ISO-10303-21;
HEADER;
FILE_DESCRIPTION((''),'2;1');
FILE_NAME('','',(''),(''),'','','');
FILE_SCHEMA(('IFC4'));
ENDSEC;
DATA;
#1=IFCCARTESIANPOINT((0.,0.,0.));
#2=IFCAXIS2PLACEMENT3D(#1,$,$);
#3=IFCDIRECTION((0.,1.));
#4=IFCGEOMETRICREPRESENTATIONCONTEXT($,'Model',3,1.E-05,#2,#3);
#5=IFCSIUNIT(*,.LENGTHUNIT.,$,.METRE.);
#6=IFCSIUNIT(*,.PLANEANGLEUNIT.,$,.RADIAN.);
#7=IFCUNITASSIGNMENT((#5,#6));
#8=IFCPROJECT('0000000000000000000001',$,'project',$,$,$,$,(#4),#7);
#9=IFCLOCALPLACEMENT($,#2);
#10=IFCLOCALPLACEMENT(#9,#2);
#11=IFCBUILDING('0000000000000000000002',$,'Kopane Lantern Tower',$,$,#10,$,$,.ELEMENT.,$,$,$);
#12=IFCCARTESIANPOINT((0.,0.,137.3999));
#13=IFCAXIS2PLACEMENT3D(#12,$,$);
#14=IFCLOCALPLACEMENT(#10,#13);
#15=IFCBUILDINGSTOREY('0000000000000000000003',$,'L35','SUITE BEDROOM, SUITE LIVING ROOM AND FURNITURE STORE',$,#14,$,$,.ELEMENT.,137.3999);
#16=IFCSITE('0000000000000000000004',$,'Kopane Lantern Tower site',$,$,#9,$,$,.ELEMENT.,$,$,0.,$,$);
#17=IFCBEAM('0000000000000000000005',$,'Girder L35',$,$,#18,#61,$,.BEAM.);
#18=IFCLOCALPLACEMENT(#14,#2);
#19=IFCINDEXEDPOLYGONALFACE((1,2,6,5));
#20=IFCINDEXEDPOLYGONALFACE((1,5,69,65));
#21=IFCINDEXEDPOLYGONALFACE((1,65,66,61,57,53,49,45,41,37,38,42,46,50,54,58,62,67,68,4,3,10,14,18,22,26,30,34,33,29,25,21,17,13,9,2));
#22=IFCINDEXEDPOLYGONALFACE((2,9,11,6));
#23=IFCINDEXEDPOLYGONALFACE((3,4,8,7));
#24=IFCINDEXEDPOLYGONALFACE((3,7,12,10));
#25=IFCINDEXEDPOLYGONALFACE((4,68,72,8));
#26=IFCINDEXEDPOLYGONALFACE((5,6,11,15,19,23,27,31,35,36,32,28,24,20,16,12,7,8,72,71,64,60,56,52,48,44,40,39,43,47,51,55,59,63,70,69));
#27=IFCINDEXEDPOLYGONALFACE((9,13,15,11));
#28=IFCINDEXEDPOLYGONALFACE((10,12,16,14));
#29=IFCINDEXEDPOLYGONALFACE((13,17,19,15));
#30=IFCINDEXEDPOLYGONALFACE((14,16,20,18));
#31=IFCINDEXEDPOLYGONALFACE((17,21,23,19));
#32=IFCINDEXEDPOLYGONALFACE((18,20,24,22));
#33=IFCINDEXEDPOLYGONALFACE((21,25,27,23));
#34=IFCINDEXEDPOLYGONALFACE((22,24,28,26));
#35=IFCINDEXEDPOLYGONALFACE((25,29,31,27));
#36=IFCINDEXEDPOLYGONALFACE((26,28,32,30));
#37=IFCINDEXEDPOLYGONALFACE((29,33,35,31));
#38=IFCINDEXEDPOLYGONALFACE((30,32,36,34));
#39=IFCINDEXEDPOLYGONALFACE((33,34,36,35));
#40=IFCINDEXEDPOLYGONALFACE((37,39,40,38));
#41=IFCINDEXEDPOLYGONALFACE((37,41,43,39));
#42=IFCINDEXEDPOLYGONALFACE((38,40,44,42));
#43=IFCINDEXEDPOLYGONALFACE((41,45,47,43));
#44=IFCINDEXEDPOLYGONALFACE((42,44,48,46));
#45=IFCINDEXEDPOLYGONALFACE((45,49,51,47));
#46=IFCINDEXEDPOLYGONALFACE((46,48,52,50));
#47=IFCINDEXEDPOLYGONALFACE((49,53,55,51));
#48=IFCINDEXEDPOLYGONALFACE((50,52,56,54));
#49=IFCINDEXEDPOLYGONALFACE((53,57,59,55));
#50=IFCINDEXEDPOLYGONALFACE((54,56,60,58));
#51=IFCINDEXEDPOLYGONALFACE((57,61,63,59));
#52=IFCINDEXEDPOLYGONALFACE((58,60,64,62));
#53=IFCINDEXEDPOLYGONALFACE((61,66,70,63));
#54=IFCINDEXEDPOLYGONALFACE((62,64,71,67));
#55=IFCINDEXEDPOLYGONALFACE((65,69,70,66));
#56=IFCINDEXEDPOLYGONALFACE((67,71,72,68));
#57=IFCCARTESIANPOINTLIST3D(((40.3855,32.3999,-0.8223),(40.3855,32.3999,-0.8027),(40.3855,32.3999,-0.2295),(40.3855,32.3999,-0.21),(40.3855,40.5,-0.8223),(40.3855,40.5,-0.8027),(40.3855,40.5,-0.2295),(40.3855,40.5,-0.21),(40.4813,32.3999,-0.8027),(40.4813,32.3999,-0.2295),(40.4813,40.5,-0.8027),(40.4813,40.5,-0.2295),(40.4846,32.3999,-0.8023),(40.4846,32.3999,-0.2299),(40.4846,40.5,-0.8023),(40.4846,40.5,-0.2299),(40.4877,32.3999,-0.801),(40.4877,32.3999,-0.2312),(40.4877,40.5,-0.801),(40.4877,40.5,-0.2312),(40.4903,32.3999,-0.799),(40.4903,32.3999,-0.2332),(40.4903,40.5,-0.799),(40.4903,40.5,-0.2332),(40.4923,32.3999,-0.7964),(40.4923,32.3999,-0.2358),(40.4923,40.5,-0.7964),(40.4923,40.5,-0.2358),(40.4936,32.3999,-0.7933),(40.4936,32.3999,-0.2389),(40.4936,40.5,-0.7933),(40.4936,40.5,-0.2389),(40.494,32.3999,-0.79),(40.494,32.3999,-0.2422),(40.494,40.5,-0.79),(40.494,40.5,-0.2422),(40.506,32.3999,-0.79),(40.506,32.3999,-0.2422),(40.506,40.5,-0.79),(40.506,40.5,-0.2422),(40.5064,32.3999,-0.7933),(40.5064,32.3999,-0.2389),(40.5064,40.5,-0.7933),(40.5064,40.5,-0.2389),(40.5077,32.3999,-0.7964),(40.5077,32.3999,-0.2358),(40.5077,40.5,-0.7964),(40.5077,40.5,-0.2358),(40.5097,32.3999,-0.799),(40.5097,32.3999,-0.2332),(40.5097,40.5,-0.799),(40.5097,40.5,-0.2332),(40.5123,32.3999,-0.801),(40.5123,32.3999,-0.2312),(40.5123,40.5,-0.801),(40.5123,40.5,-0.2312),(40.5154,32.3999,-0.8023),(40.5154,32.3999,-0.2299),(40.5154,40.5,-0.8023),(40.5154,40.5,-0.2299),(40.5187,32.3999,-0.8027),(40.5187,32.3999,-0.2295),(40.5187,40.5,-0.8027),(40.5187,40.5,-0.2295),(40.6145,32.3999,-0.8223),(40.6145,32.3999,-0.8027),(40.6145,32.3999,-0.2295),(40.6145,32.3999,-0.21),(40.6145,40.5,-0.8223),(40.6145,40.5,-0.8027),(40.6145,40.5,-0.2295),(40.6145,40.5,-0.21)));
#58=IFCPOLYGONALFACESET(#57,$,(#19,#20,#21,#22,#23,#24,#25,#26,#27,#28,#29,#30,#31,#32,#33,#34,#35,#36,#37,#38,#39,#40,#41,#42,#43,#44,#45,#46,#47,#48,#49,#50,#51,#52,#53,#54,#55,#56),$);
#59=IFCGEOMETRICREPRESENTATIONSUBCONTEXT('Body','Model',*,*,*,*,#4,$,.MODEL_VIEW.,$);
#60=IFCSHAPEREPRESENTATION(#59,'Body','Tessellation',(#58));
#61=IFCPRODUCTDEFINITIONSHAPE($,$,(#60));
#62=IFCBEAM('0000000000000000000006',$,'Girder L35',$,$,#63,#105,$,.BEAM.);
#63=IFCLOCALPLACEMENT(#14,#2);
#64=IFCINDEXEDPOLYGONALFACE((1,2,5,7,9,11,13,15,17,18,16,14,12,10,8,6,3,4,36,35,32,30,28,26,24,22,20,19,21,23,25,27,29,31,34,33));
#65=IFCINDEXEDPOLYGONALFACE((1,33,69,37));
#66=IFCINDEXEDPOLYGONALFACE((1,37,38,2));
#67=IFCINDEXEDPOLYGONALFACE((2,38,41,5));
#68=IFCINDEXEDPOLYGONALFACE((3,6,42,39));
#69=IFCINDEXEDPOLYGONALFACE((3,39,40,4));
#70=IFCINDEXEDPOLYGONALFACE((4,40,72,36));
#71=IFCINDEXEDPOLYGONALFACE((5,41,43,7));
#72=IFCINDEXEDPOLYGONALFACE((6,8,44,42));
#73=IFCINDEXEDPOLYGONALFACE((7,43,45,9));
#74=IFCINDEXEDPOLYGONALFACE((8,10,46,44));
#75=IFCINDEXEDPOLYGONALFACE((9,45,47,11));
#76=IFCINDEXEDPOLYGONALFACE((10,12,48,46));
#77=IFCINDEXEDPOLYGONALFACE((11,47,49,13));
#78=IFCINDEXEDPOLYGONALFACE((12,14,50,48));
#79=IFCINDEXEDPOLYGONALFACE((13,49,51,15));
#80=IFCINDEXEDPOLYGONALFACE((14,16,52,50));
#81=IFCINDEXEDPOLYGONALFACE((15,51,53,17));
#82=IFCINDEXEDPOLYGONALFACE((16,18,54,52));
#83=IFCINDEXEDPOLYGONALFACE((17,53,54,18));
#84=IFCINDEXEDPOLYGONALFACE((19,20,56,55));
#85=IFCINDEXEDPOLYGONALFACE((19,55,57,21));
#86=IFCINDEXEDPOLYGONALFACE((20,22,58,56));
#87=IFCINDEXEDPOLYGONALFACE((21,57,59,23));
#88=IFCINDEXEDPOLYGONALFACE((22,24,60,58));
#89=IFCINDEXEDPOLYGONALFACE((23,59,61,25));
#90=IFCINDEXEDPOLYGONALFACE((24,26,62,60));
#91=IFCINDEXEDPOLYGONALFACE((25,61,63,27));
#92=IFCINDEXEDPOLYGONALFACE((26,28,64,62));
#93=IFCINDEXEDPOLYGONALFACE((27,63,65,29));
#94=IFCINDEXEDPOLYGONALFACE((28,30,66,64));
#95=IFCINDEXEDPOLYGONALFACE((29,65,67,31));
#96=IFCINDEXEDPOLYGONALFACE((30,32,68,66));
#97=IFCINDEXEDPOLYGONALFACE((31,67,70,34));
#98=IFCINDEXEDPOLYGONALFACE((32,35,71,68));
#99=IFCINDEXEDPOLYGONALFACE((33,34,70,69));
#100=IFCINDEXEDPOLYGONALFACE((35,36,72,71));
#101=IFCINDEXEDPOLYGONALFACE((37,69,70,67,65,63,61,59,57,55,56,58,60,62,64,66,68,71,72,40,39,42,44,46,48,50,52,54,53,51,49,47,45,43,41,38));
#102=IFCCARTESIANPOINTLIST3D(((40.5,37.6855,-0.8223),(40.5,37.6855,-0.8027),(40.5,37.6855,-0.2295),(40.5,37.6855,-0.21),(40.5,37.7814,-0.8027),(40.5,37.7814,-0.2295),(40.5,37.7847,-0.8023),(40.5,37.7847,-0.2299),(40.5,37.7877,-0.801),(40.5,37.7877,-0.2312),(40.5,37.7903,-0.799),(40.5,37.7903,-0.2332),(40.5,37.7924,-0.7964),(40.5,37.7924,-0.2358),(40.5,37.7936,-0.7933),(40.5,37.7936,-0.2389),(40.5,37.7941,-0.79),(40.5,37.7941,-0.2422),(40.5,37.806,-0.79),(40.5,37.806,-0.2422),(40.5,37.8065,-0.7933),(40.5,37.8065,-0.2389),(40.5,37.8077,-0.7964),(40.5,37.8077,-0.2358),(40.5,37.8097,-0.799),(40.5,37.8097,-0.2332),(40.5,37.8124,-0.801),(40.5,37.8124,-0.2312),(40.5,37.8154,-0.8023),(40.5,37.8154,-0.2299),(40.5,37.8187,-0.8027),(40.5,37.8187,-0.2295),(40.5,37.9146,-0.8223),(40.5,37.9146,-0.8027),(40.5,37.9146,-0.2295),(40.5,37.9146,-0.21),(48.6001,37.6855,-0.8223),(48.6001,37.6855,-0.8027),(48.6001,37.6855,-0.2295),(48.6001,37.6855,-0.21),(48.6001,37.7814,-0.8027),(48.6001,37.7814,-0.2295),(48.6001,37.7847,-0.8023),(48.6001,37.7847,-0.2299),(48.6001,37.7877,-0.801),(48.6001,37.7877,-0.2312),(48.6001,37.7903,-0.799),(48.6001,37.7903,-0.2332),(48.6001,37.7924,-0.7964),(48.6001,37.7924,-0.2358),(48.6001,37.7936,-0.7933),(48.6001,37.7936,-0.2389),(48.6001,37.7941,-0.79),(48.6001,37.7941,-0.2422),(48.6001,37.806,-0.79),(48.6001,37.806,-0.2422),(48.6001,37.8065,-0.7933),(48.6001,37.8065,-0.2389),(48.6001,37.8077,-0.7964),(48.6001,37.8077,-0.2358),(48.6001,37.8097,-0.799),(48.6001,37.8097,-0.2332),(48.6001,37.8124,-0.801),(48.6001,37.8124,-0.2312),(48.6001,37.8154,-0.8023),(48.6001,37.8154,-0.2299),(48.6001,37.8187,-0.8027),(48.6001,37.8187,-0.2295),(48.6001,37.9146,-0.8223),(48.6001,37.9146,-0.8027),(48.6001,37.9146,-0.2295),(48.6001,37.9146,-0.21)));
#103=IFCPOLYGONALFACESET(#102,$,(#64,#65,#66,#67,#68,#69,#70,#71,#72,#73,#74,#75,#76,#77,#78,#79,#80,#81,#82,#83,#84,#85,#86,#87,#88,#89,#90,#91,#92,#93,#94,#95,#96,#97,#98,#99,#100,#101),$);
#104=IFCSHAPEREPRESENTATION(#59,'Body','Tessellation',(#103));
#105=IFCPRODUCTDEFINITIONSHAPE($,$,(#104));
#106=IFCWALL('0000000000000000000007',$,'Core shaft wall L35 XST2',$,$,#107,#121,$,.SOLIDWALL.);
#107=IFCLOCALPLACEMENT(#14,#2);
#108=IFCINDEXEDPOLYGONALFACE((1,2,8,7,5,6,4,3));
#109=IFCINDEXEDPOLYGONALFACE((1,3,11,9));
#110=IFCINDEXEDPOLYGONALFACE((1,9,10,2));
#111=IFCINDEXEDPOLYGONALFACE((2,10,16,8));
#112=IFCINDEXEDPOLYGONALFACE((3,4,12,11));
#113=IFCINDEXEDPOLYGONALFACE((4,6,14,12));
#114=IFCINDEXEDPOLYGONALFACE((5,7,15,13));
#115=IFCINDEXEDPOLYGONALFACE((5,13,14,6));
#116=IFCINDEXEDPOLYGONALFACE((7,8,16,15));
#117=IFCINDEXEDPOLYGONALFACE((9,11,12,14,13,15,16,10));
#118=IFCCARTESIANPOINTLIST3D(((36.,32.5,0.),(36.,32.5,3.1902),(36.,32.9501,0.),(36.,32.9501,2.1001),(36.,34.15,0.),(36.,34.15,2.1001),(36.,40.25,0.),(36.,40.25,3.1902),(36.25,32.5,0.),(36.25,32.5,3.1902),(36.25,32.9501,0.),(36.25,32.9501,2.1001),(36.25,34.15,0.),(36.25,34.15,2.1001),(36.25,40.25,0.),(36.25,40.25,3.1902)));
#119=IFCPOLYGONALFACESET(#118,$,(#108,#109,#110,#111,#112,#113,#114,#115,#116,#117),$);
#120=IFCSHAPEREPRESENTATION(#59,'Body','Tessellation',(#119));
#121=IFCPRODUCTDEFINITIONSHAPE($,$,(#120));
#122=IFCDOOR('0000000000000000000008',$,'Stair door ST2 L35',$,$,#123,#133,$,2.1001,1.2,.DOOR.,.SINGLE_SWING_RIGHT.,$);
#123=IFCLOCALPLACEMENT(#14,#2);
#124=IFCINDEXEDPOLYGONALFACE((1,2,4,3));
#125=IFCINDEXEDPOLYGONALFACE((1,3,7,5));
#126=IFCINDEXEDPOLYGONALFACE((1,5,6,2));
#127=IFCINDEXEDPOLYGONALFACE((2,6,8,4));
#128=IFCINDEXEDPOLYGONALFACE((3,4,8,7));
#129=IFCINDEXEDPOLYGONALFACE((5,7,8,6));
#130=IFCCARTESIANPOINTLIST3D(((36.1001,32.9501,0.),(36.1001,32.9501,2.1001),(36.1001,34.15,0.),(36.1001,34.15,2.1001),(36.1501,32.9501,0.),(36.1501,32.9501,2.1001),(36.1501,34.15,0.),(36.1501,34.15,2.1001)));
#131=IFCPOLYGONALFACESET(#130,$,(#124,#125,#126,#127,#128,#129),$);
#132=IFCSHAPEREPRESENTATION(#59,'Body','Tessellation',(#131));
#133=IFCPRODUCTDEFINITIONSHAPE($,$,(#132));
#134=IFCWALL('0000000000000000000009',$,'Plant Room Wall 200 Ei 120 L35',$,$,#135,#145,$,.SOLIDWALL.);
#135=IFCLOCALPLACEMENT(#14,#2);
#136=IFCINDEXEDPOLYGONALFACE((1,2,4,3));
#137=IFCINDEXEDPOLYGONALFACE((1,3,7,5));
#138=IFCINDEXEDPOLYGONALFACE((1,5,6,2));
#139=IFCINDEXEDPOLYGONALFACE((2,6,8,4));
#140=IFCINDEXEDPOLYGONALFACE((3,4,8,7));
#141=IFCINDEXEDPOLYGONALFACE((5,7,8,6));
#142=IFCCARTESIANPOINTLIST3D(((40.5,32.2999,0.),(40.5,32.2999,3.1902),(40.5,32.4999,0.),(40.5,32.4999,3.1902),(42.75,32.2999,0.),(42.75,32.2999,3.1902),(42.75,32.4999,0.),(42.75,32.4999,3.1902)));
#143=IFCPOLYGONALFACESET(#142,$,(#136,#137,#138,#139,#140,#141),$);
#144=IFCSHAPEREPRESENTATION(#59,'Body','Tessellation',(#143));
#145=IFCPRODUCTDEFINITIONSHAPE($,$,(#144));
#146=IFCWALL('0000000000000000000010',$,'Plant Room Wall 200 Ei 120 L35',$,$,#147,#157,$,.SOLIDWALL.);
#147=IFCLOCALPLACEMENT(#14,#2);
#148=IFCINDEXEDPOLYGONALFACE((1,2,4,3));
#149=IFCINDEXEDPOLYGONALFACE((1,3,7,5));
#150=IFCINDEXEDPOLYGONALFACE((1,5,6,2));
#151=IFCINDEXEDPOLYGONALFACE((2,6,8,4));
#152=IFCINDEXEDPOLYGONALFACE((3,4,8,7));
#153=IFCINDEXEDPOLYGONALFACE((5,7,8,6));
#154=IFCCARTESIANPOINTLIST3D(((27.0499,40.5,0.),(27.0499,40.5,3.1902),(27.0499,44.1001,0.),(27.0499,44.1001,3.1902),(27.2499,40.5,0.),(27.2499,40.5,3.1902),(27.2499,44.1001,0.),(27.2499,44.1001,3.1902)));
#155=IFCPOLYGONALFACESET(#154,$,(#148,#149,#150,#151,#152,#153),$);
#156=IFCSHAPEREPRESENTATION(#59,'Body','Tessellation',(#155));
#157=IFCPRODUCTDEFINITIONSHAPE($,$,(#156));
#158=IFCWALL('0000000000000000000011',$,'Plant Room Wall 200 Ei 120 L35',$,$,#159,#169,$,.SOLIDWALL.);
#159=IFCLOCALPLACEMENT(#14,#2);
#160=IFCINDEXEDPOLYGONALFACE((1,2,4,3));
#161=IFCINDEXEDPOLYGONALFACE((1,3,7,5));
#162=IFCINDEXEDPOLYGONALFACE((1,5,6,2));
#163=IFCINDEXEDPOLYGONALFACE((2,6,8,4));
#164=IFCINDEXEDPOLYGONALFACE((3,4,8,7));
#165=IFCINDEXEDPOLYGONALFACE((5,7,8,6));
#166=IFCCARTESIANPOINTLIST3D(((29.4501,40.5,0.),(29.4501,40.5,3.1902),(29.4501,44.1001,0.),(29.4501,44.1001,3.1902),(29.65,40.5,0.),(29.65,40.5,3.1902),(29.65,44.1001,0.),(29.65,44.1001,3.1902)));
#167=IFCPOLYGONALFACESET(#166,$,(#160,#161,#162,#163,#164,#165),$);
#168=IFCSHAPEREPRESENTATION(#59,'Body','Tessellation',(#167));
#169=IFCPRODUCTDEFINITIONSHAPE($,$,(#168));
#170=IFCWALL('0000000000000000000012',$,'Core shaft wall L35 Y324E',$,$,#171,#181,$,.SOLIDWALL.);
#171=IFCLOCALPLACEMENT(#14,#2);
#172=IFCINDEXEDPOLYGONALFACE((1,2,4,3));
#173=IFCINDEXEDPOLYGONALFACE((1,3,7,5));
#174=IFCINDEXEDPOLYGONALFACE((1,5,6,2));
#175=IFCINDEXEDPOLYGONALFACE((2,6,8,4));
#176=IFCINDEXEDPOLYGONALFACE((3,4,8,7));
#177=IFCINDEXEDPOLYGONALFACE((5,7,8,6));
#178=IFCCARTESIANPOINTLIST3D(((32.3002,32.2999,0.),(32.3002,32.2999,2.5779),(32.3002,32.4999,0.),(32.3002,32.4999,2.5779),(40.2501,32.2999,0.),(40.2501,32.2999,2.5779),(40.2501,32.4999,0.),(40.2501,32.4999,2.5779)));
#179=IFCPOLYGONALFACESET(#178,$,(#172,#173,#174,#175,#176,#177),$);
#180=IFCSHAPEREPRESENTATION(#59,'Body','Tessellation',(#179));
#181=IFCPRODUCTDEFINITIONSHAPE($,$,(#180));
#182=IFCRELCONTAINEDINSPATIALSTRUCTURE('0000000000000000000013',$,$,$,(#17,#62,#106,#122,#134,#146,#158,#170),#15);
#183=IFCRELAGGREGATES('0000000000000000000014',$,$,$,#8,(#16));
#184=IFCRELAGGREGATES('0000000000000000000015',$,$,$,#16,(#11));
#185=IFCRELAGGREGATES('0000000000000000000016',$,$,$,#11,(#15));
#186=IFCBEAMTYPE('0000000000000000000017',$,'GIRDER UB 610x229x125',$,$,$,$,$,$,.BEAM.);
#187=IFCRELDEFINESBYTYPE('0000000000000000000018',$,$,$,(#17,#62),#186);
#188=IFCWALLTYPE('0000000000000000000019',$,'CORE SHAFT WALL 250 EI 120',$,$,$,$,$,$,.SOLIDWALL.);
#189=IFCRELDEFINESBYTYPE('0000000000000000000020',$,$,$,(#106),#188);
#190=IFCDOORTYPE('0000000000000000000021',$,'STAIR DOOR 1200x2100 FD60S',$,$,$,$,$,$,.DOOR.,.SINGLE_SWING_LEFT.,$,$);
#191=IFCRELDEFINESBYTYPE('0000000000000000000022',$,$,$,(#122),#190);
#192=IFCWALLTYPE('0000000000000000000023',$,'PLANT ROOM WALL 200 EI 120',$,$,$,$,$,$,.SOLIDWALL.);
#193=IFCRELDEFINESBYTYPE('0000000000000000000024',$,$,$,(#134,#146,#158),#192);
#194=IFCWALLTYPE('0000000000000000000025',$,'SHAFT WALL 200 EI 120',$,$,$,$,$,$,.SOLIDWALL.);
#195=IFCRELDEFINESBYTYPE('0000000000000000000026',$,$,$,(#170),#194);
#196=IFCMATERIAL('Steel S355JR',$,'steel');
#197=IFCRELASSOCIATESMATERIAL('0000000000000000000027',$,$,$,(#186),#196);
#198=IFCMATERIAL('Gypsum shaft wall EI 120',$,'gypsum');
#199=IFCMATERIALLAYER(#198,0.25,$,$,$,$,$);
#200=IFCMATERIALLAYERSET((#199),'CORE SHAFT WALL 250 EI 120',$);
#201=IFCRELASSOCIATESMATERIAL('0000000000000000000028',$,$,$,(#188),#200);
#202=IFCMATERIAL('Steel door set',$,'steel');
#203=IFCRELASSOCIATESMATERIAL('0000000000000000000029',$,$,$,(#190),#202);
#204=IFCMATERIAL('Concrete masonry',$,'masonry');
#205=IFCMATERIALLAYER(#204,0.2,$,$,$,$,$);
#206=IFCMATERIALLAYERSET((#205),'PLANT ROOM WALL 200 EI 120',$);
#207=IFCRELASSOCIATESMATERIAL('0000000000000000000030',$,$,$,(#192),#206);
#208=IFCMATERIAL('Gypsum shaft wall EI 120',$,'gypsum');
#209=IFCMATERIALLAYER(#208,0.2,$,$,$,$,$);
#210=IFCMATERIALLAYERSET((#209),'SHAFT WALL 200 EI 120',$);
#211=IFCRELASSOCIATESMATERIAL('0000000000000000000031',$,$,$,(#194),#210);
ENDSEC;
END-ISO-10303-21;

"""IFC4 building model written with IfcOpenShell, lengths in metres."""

from ifc_helpers import new_model, si_unit, direction, frame, frame_2d, origin, origin_2d, place, context, subcontext, project, spatial, rectangle, i_section, extrude, material, layer, layer_set, material_profile, profile_set, type_object, element, fill, save


model = new_model("IFC4")

# Units and contexts
model_context = context("Model", 3, precision=1e-05, world=origin(), true_north=direction((0.0, 1.0)))
body_context = subcontext(model_context, "Body", "Model", "MODEL_VIEW")
ifc_project = project(units=[si_unit("LENGTHUNIT", "METRE"), si_unit("PLANEANGLEUNIT", "RADIAN")], contexts=[model_context])

# Site, building, storey
site_placement = place(None, origin())
site = spatial("IfcSite", under=ifc_project, at=site_placement, Name="Kopane Lantern Tower site", CompositionType="ELEMENT", RefElevation=0.0)
building_placement = place(site_placement, origin())
building = spatial("IfcBuilding", under=site, at=building_placement, Name="Kopane Lantern Tower", CompositionType="ELEMENT")
storey_placement = place(building_placement, frame((0.0, 0.0, 137.3999)))
storey = spatial("IfcBuildingStorey", under=building, at=storey_placement, Name="L35", Description="SUITE BEDROOM, SUITE LIVING ROOM AND FURNITURE STORE", CompositionType="ELEMENT", Elevation=137.3999)

# Beams
ifc_material_1 = material(Name="Steel S355JR", Category="steel")
ifc_material_profile_1 = material_profile(ifc_material_1, i_section(OverallWidth=0.229, OverallDepth=0.6123, WebThickness=0.012, FlangeThickness=0.0195, FilletRadius=0.0127, at=origin_2d()), Name="UB 610x229x125")
ifc_profile_set_1 = profile_set([ifc_material_profile_1], Name="Steel S355JR")
beam_type_1 = type_object("IfcBeamType", Name="GIRDER UB 610x229x125", PredefinedType="BEAM", material=ifc_profile_set_1)
for number, where, z_axis, x_axis, name in (
    (1, (40.5, 32.3999, -0.5161), (0.0, 1.0, 0.0), (-1.0, 0.0, 0.0), "Girder L35"),
    (2, (40.5, 37.8, -0.5161), (1.0, 0.0, 0.0), (0.0, 1.0, 0.0), "Girder L35"),
):
    element("IfcBeam", number, at=place(storey_placement, frame(where, z_axis=z_axis, x_axis=x_axis)), inside=storey, type_object=beam_type_1, Name=name, PredefinedType="BEAM", context=body_context, shape_type="SweptSolid", body=[
        extrude(i_section(OverallWidth=0.229, OverallDepth=0.6123, WebThickness=0.012, FlangeThickness=0.0195, FilletRadius=0.0127, at=origin_2d()), origin(), (0.0, 0.0, 1.0), 8.1001),
    ])

# Wall, opening, door
ifc_material_2 = material(Name="Gypsum shaft wall EI 120", Category="gypsum")
ifc_layer_1 = layer(ifc_material_2, 0.25)
ifc_layer_set_1 = layer_set([ifc_layer_1], Name="CORE SHAFT WALL 250 EI 120")
wall_type_1 = type_object("IfcWallType", Name="CORE SHAFT WALL 250 EI 120", PredefinedType="SOLIDWALL", material=ifc_layer_set_1)
wall_1_placement = place(storey_placement, frame((36.125, 32.5, 0.0), z_axis=(0.0, 0.0, 1.0), x_axis=(0.0, 1.0, 0.0)))
wall_1 = element("IfcWall", 3, at=wall_1_placement, inside=storey, type_object=wall_type_1, Name="Core shaft wall L35 XST2", PredefinedType="SOLIDWALL", context=body_context, shape_type="SweptSolid", body=[
    extrude(rectangle(XDim=7.75, YDim=0.25, at=frame_2d((3.875, 0.0))), origin(), (0.0, 0.0, 1.0), 3.1902),
])
opening_1_placement = place(wall_1_placement, frame((0.45, 0.0, 0.0)))
opening_1 = element("IfcOpeningElement", 4, at=opening_1_placement, cuts=wall_1, PredefinedType="OPENING", context=body_context, shape_type="SweptSolid", body=[
    extrude(rectangle(XDim=1.2, YDim=2.1001, at=frame_2d((0.6001, 1.05))), frame((0.0, 0.135, 0.0), z_axis=(0.0, -1.0, 0.0), x_axis=(1.0, 0.0, 0.0)), (0.0, 0.0, 1.0), 0.27),
])
ifc_material_3 = material(Name="Steel door set", Category="steel")
door_type_1 = type_object("IfcDoorType", Name="STAIR DOOR 1200x2100 FD60S", OperationType="SINGLE_SWING_LEFT", PredefinedType="DOOR", material=ifc_material_3)
door_1_placement = place(opening_1_placement, origin())
door_1 = element("IfcDoor", 5, at=door_1_placement, inside=storey, type_object=door_type_1, Name="Stair door ST2 L35", OperationType="SINGLE_SWING_RIGHT", OverallHeight=2.1001, OverallWidth=1.2, PredefinedType="DOOR", context=body_context, shape_type="SweptSolid", body=[
    extrude(rectangle(XDim=1.2, YDim=2.1001, at=frame_2d((0.6001, 1.05))), frame((0.0, 0.0249, 0.0), z_axis=(0.0, -1.0, 0.0), x_axis=(1.0, 0.0, 0.0)), (0.0, 0.0, 1.0), 0.05),
])
fill(opening_1, door_1)

# Walls
ifc_material_4 = material(Name="Concrete masonry", Category="masonry")
ifc_layer_2 = layer(ifc_material_4, 0.2)
ifc_layer_set_2 = layer_set([ifc_layer_2], Name="PLANT ROOM WALL 200 EI 120")
wall_type_2 = type_object("IfcWallType", Name="PLANT ROOM WALL 200 EI 120", PredefinedType="SOLIDWALL", material=ifc_layer_set_2)
wall_2_placement = place(storey_placement, frame((40.5, 32.3999, 0.0), z_axis=(0.0, 0.0, 1.0), x_axis=(1.0, 0.0, 0.0)))
element("IfcWall", 6, at=wall_2_placement, inside=storey, type_object=wall_type_2, Name="Plant Room Wall 200 Ei 120 L35", PredefinedType="SOLIDWALL", context=body_context, shape_type="SweptSolid", body=[
    extrude(rectangle(XDim=2.25, YDim=0.2, at=frame_2d((1.125, 0.0))), origin(), (0.0, 0.0, 1.0), 3.1902),
])
for number, where, z_axis, x_axis, name in (
    (7, (27.1499, 40.5, 0.0), (0.0, 0.0, 1.0), (0.0, 1.0, 0.0), "Plant Room Wall 200 Ei 120 L35"),
    (8, (29.55, 40.5, 0.0), (0.0, 0.0, 1.0), (0.0, 1.0, 0.0), "Plant Room Wall 200 Ei 120 L35"),
):
    element("IfcWall", number, at=place(storey_placement, frame(where, z_axis=z_axis, x_axis=x_axis)), inside=storey, type_object=wall_type_2, Name=name, PredefinedType="SOLIDWALL", context=body_context, shape_type="SweptSolid", body=[
        extrude(rectangle(XDim=3.6001, YDim=0.2, at=frame_2d((1.8, 0.0))), origin(), (0.0, 0.0, 1.0), 3.1902),
    ])
ifc_material_5 = material(Name="Gypsum shaft wall EI 120", Category="gypsum")
ifc_layer_3 = layer(ifc_material_5, 0.2)
ifc_layer_set_3 = layer_set([ifc_layer_3], Name="SHAFT WALL 200 EI 120")
wall_type_3 = type_object("IfcWallType", Name="SHAFT WALL 200 EI 120", PredefinedType="SOLIDWALL", material=ifc_layer_set_3)
wall_3_placement = place(storey_placement, frame((32.3, 32.3999, 0.0), z_axis=(0.0, 0.0, 1.0), x_axis=(1.0, 0.0, 0.0)))
element("IfcWall", 9, at=wall_3_placement, inside=storey, type_object=wall_type_3, Name="Core shaft wall L35 Y324E", PredefinedType="SOLIDWALL", context=body_context, shape_type="SweptSolid", body=[
    extrude(rectangle(XDim=7.95, YDim=0.2, at=frame_2d((3.9751, 0.0))), origin(), (0.0, 0.0, 1.0), 2.5779),
])

save(model, "model.ifc")
